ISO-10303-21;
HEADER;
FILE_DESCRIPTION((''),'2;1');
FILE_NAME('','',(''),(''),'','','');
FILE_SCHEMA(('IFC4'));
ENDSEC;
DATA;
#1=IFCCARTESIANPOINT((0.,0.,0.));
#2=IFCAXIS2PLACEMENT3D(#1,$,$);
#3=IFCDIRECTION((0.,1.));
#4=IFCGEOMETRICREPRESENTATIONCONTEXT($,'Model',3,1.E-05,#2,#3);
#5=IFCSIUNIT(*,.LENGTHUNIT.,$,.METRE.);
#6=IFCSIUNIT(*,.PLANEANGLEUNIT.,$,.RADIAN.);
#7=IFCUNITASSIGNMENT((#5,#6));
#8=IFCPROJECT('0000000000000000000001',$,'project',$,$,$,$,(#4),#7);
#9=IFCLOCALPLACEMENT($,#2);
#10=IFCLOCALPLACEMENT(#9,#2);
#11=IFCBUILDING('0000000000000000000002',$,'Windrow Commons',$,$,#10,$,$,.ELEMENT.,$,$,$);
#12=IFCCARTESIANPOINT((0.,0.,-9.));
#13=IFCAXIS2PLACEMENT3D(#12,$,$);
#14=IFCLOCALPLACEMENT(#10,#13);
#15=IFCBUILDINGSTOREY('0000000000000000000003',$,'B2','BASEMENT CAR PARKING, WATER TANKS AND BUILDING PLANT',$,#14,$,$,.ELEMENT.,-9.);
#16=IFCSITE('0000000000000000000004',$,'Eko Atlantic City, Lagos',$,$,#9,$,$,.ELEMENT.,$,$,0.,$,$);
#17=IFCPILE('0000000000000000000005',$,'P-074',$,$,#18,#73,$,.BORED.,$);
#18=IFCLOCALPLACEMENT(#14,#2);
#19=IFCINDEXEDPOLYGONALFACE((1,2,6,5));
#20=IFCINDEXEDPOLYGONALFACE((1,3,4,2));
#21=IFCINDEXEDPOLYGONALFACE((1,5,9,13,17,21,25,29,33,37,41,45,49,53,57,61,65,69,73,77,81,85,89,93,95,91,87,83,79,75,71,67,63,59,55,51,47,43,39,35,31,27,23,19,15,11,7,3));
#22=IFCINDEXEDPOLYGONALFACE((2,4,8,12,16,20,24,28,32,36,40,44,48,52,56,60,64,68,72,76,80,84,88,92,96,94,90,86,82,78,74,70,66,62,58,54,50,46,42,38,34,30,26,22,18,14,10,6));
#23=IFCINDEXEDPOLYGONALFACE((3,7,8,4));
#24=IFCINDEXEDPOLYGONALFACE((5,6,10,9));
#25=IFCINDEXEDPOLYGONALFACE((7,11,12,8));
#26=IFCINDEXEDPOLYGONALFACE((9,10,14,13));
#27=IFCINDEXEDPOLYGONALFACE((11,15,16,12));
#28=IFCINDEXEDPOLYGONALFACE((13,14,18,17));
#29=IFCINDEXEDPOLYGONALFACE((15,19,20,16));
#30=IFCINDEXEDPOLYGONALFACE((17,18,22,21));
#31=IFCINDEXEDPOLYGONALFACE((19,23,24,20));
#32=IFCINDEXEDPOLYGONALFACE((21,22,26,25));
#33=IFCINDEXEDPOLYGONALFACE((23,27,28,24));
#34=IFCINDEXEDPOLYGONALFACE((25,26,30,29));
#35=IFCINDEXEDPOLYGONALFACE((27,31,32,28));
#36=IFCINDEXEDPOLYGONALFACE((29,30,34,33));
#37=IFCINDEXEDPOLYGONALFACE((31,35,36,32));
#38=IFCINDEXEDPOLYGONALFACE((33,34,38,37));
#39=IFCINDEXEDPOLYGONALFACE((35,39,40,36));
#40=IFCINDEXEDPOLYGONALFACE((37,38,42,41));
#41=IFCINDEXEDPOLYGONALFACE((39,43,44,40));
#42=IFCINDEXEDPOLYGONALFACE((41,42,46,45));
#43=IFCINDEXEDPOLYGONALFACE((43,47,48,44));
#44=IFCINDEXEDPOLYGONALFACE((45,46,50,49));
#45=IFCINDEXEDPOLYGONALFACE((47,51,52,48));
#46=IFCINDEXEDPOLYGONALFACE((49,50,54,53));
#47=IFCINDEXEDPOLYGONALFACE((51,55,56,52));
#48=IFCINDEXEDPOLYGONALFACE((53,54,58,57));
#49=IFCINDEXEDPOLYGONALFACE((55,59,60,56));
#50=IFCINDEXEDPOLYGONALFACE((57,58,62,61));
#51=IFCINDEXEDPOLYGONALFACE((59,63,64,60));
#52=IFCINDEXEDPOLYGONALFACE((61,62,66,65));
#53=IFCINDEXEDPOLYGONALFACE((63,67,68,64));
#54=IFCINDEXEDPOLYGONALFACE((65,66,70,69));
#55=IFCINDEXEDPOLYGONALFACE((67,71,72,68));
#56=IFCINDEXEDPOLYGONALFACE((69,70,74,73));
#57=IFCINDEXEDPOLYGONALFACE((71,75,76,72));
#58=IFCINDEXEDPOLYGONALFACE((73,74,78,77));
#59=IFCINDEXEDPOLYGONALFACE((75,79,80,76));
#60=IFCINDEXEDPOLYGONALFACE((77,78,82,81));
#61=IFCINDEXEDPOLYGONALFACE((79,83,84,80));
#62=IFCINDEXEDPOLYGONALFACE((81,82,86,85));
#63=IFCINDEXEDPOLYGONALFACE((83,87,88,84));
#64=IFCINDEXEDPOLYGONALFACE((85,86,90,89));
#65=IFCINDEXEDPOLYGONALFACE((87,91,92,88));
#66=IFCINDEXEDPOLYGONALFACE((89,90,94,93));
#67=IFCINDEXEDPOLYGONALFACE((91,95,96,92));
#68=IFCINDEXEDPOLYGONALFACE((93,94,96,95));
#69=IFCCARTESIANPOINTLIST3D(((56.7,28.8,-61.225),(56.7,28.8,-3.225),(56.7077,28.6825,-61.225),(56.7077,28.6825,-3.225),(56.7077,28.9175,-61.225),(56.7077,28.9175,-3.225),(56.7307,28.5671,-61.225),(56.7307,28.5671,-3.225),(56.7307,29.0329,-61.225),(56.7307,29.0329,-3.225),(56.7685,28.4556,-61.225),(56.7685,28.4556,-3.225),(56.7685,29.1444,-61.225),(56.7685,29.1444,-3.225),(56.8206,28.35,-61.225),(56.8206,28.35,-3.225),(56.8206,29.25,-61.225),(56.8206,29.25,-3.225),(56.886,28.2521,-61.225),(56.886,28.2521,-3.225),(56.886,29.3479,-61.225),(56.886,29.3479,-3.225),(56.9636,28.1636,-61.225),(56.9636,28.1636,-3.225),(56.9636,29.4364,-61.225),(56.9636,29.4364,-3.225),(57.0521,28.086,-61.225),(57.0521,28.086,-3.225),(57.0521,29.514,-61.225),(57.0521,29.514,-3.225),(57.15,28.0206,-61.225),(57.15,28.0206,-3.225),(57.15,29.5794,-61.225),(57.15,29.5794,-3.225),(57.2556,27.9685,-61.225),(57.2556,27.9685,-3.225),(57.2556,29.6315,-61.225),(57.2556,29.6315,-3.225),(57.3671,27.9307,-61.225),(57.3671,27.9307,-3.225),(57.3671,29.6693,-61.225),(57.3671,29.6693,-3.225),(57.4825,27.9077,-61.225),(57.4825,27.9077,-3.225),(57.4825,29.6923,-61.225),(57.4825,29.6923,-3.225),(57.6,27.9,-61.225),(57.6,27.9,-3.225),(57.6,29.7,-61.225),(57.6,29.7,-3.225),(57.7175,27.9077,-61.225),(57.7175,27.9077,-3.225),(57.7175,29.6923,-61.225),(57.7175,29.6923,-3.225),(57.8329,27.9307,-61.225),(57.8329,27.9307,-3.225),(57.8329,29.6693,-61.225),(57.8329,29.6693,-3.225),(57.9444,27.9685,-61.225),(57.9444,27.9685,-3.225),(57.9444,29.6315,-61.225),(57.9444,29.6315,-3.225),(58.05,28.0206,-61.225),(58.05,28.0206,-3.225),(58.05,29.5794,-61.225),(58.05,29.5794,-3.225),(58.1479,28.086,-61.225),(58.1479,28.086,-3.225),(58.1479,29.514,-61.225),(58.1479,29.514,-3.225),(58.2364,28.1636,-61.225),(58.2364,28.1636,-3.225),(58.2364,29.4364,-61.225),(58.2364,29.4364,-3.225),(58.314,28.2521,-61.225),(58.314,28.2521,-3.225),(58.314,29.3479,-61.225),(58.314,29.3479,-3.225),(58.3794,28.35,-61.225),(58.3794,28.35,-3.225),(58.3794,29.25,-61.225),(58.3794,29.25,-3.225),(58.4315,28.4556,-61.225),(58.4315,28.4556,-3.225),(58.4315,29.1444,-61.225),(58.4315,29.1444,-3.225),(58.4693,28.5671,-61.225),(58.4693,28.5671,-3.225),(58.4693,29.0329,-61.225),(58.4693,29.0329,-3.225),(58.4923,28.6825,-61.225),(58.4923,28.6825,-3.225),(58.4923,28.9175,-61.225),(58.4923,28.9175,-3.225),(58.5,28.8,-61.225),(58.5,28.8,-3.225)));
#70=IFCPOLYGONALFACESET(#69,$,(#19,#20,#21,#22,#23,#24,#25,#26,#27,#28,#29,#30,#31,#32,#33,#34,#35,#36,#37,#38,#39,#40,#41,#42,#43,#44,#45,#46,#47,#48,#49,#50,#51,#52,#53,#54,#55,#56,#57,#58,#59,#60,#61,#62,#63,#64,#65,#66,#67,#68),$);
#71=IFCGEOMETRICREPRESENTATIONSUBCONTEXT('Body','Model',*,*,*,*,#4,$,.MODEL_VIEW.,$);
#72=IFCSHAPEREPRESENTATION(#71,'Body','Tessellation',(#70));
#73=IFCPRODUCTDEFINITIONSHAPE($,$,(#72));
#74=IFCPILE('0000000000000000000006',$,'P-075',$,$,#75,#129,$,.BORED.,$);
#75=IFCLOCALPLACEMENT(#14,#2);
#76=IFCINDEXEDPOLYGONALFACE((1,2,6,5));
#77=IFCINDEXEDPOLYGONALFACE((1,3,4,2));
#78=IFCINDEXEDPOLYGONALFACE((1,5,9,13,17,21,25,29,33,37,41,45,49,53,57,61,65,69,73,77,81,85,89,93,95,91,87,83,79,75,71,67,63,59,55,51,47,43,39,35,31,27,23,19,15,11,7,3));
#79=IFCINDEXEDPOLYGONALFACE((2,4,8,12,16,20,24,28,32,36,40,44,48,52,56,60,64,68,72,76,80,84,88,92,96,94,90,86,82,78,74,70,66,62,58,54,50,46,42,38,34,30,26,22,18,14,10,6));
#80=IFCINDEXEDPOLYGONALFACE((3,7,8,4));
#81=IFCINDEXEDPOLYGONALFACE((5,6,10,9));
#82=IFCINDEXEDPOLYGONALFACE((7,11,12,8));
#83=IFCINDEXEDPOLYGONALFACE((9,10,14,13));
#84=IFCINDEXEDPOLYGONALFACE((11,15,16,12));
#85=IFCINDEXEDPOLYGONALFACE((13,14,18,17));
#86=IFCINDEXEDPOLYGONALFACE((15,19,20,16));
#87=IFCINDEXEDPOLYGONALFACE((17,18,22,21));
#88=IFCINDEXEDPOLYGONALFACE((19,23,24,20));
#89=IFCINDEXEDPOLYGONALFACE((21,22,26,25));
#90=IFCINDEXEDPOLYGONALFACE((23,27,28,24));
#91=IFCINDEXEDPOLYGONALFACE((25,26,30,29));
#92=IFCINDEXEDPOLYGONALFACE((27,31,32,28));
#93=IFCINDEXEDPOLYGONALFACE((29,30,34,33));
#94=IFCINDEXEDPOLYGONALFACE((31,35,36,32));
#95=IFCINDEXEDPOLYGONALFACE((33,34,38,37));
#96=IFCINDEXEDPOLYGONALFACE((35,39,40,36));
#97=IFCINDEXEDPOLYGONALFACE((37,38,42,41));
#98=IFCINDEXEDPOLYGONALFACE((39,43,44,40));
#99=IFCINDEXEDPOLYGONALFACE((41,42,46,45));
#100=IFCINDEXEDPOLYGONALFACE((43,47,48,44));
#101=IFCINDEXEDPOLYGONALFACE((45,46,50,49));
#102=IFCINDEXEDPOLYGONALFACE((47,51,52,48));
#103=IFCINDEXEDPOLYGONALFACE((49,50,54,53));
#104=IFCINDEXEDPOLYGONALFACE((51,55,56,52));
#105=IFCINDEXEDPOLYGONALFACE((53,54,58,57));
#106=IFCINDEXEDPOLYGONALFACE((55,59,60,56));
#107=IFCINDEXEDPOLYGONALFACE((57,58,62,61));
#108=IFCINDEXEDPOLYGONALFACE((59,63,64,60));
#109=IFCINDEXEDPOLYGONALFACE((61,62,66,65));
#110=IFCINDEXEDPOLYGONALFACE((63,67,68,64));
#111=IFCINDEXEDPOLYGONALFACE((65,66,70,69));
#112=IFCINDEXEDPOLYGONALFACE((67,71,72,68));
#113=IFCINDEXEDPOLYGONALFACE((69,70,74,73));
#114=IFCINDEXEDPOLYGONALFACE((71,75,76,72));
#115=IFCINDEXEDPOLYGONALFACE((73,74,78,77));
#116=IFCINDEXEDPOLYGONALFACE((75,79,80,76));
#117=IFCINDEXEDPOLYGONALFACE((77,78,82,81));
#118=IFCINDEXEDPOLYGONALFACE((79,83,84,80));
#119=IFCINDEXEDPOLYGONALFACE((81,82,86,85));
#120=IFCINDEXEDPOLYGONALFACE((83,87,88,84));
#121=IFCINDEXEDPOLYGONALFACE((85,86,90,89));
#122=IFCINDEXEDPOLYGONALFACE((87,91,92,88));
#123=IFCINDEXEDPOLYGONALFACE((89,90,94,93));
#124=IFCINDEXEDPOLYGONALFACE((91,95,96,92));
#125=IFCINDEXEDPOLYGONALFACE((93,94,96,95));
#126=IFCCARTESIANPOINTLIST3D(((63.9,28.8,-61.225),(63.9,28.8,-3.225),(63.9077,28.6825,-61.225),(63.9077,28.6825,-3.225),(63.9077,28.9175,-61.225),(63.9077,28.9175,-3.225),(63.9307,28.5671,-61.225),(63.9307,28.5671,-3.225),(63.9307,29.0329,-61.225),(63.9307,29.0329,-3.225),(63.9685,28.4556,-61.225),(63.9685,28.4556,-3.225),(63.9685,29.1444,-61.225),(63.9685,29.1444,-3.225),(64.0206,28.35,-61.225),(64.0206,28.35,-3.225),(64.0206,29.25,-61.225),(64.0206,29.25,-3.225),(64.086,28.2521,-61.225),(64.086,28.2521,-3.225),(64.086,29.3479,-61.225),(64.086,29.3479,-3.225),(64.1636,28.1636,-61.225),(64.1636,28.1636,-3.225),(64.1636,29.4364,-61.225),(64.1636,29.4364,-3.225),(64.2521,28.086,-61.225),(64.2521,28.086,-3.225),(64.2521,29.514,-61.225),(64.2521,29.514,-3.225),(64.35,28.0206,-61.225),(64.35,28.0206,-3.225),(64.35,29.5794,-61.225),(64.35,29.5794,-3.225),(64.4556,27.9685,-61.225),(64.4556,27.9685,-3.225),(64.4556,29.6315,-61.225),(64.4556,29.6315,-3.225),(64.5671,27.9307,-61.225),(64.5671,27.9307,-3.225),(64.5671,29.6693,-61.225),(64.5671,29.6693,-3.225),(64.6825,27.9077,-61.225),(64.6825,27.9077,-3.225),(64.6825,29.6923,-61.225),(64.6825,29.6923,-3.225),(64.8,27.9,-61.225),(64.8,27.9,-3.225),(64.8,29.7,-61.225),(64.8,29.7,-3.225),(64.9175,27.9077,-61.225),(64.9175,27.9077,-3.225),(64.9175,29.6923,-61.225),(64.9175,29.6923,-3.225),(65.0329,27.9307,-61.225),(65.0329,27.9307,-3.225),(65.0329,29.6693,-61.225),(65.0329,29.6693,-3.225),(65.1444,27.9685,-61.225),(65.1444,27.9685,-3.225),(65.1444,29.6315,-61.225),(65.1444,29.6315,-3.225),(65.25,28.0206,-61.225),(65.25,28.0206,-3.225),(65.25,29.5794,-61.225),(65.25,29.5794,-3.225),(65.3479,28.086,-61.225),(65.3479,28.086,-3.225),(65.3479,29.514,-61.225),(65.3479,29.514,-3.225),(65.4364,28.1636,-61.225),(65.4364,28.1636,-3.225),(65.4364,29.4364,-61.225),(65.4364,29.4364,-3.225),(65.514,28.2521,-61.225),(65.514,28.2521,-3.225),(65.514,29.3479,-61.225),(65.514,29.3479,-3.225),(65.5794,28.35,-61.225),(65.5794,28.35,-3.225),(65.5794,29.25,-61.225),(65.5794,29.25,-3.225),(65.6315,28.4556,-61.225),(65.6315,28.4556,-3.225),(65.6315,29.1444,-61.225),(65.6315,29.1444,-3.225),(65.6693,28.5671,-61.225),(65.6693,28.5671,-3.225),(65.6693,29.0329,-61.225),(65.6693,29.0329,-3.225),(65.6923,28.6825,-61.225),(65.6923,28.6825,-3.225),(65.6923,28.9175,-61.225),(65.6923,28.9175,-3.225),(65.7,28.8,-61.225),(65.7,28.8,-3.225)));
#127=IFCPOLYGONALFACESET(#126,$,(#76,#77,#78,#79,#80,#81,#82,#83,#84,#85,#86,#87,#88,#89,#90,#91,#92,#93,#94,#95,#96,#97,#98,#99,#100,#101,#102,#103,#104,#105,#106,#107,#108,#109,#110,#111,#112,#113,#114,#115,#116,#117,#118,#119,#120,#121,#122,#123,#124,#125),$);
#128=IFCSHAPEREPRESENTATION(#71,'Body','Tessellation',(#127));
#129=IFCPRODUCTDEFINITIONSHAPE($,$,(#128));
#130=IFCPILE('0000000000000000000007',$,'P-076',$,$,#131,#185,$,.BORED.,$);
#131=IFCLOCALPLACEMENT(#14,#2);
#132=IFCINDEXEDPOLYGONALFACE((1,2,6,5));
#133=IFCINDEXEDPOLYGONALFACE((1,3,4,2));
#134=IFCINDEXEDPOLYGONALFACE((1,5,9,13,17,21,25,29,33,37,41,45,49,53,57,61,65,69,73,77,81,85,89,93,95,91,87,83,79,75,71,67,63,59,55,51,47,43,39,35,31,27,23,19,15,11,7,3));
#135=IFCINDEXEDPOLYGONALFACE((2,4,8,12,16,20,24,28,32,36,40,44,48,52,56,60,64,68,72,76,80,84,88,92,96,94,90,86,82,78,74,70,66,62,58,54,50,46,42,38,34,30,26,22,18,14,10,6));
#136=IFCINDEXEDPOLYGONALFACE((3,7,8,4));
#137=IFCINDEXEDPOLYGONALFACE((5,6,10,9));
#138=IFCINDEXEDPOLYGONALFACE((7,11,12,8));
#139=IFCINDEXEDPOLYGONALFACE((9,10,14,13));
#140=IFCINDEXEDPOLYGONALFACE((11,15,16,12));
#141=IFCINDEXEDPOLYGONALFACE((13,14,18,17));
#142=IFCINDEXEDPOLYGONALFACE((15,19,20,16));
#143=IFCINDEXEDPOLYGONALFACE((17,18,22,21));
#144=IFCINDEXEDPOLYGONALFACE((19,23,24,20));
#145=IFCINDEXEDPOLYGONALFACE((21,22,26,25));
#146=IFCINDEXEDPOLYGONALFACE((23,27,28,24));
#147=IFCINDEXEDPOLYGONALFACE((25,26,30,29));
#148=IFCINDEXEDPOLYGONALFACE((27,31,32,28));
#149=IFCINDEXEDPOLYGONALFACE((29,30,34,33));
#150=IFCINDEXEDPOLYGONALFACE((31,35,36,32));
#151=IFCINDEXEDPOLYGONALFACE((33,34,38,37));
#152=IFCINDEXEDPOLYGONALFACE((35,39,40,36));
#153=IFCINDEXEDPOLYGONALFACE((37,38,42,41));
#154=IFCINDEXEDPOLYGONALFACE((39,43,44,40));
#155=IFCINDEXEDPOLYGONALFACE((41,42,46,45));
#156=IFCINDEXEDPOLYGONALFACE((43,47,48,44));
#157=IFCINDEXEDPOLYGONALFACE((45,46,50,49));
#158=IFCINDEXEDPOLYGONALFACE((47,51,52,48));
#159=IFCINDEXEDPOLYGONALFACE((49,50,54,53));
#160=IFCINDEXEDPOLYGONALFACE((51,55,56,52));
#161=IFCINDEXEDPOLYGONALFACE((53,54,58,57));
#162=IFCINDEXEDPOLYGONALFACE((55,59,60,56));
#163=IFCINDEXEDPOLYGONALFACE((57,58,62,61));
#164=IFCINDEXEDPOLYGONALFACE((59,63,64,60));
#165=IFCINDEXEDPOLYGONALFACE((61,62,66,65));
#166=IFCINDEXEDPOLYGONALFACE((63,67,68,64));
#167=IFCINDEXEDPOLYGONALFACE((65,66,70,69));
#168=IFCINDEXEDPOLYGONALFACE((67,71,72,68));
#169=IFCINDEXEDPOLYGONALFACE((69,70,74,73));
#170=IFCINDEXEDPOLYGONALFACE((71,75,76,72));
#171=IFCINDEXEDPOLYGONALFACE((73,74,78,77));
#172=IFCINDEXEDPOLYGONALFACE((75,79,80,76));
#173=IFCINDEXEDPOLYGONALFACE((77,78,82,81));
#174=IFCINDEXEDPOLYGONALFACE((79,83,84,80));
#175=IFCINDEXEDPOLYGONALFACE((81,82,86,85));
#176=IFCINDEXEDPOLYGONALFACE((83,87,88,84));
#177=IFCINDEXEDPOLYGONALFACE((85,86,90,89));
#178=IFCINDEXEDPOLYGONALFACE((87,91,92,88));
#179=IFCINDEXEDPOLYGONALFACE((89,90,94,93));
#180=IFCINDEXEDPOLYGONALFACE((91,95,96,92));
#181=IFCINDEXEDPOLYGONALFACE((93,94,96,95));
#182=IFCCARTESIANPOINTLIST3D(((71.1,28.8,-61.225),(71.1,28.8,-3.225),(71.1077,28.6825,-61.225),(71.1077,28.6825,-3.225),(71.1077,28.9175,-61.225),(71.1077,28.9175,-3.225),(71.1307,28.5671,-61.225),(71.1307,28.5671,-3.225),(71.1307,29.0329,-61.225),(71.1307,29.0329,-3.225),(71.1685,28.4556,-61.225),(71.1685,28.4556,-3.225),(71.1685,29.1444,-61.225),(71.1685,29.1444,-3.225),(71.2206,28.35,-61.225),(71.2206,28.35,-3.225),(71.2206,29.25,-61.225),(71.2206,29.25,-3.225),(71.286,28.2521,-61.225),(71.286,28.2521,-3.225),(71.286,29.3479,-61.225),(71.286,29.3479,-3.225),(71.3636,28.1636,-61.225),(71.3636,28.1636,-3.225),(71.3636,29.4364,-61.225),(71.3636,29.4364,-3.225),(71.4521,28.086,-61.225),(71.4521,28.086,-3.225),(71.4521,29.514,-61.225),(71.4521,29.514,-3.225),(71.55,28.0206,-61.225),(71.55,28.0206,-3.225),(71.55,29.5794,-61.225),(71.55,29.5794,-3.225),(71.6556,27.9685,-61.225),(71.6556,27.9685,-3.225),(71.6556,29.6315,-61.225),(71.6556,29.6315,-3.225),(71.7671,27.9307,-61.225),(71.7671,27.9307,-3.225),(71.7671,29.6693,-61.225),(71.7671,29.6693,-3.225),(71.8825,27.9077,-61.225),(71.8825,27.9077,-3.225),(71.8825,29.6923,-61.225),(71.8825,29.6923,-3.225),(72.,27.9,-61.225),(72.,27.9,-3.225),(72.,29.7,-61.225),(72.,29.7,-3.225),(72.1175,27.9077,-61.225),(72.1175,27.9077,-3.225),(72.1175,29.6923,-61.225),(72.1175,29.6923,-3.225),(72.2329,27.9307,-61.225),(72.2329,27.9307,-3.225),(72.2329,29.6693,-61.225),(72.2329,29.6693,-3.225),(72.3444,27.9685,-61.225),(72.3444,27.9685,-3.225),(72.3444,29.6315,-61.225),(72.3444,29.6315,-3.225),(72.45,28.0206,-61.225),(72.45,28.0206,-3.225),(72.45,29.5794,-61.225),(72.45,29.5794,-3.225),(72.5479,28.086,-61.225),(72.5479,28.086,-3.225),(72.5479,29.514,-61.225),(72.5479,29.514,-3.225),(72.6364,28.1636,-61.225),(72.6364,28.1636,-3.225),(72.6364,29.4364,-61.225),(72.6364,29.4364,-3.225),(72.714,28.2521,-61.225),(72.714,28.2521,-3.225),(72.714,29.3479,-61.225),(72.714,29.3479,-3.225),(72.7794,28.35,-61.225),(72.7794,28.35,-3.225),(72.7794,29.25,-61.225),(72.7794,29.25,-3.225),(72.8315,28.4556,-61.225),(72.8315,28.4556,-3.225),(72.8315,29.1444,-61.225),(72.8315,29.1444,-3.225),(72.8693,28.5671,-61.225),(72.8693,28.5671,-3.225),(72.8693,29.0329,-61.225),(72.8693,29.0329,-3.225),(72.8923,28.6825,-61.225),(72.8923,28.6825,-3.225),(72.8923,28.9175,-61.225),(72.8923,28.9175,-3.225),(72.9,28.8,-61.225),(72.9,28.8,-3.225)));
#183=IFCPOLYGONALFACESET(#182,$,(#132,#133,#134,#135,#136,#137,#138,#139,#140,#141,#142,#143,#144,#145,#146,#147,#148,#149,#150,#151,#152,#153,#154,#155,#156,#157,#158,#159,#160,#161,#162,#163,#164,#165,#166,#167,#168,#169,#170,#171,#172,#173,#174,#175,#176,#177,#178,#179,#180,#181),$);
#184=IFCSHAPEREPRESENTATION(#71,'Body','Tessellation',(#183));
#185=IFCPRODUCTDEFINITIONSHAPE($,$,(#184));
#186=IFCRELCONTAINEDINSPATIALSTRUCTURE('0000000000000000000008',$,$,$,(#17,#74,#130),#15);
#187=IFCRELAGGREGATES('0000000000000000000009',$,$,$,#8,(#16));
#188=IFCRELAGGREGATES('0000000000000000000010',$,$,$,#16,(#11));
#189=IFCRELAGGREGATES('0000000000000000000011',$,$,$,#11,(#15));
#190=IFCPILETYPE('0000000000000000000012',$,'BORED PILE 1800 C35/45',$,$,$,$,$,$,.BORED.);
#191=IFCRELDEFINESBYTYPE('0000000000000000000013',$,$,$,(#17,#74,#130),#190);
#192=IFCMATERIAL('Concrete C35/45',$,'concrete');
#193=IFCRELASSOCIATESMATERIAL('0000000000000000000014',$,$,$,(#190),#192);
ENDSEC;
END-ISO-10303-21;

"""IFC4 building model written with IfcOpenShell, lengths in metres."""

from ifc_helpers import new_model, si_unit, direction, frame, origin, origin_2d, place, context, subcontext, project, spatial, circle, extrude, material, material_profile, profile_set, type_object, element, save


model = new_model("IFC4")

# Units and contexts
model_context = context("Model", 3, precision=1e-05, world=origin(), true_north=direction((0.0, 1.0)))
body_context = subcontext(model_context, "Body", "Model", "MODEL_VIEW")
ifc_project = project(units=[si_unit("LENGTHUNIT", "METRE"), si_unit("PLANEANGLEUNIT", "RADIAN")], contexts=[model_context])

# Site, building, storey
site_placement = place(None, origin())
site = spatial("IfcSite", under=ifc_project, at=site_placement, Name="Eko Atlantic City, Lagos", CompositionType="ELEMENT", RefElevation=0.0)
building_placement = place(site_placement, origin())
building = spatial("IfcBuilding", under=site, at=building_placement, Name="Windrow Commons", CompositionType="ELEMENT")
storey_placement = place(building_placement, frame((0.0, 0.0, -9.0)))
storey = spatial("IfcBuildingStorey", under=building, at=storey_placement, Name="B2", Description="BASEMENT CAR PARKING, WATER TANKS AND BUILDING PLANT", CompositionType="ELEMENT", Elevation=-9.0)

# Piles
ifc_material_1 = material(Name="Concrete C35/45", Category="concrete")
ifc_material_profile_1 = material_profile(ifc_material_1, circle(Radius=0.9, at=origin_2d()))
ifc_profile_set_1 = profile_set([ifc_material_profile_1], Name="Concrete C35/45")
pile_type = type_object("IfcPileType", Name="BORED PILE 1800 C35/45", PredefinedType="BORED", material=ifc_profile_set_1)
for number, where, z_axis, x_axis, name in (
    (1, (57.6, 28.8, -3.225), (0.0, 0.0, -1.0), (1.0, 0.0, 0.0), "P-074"),
    (2, (64.8, 28.8, -3.225), (0.0, 0.0, -1.0), (1.0, 0.0, 0.0), "P-075"),
    (3, (72.0, 28.8, -3.225), (0.0, 0.0, -1.0), (1.0, 0.0, 0.0), "P-076"),
):
    element("IfcPile", number, at=place(storey_placement, frame(where, z_axis=z_axis, x_axis=x_axis)), inside=storey, type_object=pile_type, Name=name, PredefinedType="BORED", context=body_context, shape_type="SweptSolid", body=[
        extrude(circle(Radius=0.9, at=origin_2d()), origin(), (0.0, 0.0, 1.0), 58.0),
    ])

save(model, "model.ifc")
